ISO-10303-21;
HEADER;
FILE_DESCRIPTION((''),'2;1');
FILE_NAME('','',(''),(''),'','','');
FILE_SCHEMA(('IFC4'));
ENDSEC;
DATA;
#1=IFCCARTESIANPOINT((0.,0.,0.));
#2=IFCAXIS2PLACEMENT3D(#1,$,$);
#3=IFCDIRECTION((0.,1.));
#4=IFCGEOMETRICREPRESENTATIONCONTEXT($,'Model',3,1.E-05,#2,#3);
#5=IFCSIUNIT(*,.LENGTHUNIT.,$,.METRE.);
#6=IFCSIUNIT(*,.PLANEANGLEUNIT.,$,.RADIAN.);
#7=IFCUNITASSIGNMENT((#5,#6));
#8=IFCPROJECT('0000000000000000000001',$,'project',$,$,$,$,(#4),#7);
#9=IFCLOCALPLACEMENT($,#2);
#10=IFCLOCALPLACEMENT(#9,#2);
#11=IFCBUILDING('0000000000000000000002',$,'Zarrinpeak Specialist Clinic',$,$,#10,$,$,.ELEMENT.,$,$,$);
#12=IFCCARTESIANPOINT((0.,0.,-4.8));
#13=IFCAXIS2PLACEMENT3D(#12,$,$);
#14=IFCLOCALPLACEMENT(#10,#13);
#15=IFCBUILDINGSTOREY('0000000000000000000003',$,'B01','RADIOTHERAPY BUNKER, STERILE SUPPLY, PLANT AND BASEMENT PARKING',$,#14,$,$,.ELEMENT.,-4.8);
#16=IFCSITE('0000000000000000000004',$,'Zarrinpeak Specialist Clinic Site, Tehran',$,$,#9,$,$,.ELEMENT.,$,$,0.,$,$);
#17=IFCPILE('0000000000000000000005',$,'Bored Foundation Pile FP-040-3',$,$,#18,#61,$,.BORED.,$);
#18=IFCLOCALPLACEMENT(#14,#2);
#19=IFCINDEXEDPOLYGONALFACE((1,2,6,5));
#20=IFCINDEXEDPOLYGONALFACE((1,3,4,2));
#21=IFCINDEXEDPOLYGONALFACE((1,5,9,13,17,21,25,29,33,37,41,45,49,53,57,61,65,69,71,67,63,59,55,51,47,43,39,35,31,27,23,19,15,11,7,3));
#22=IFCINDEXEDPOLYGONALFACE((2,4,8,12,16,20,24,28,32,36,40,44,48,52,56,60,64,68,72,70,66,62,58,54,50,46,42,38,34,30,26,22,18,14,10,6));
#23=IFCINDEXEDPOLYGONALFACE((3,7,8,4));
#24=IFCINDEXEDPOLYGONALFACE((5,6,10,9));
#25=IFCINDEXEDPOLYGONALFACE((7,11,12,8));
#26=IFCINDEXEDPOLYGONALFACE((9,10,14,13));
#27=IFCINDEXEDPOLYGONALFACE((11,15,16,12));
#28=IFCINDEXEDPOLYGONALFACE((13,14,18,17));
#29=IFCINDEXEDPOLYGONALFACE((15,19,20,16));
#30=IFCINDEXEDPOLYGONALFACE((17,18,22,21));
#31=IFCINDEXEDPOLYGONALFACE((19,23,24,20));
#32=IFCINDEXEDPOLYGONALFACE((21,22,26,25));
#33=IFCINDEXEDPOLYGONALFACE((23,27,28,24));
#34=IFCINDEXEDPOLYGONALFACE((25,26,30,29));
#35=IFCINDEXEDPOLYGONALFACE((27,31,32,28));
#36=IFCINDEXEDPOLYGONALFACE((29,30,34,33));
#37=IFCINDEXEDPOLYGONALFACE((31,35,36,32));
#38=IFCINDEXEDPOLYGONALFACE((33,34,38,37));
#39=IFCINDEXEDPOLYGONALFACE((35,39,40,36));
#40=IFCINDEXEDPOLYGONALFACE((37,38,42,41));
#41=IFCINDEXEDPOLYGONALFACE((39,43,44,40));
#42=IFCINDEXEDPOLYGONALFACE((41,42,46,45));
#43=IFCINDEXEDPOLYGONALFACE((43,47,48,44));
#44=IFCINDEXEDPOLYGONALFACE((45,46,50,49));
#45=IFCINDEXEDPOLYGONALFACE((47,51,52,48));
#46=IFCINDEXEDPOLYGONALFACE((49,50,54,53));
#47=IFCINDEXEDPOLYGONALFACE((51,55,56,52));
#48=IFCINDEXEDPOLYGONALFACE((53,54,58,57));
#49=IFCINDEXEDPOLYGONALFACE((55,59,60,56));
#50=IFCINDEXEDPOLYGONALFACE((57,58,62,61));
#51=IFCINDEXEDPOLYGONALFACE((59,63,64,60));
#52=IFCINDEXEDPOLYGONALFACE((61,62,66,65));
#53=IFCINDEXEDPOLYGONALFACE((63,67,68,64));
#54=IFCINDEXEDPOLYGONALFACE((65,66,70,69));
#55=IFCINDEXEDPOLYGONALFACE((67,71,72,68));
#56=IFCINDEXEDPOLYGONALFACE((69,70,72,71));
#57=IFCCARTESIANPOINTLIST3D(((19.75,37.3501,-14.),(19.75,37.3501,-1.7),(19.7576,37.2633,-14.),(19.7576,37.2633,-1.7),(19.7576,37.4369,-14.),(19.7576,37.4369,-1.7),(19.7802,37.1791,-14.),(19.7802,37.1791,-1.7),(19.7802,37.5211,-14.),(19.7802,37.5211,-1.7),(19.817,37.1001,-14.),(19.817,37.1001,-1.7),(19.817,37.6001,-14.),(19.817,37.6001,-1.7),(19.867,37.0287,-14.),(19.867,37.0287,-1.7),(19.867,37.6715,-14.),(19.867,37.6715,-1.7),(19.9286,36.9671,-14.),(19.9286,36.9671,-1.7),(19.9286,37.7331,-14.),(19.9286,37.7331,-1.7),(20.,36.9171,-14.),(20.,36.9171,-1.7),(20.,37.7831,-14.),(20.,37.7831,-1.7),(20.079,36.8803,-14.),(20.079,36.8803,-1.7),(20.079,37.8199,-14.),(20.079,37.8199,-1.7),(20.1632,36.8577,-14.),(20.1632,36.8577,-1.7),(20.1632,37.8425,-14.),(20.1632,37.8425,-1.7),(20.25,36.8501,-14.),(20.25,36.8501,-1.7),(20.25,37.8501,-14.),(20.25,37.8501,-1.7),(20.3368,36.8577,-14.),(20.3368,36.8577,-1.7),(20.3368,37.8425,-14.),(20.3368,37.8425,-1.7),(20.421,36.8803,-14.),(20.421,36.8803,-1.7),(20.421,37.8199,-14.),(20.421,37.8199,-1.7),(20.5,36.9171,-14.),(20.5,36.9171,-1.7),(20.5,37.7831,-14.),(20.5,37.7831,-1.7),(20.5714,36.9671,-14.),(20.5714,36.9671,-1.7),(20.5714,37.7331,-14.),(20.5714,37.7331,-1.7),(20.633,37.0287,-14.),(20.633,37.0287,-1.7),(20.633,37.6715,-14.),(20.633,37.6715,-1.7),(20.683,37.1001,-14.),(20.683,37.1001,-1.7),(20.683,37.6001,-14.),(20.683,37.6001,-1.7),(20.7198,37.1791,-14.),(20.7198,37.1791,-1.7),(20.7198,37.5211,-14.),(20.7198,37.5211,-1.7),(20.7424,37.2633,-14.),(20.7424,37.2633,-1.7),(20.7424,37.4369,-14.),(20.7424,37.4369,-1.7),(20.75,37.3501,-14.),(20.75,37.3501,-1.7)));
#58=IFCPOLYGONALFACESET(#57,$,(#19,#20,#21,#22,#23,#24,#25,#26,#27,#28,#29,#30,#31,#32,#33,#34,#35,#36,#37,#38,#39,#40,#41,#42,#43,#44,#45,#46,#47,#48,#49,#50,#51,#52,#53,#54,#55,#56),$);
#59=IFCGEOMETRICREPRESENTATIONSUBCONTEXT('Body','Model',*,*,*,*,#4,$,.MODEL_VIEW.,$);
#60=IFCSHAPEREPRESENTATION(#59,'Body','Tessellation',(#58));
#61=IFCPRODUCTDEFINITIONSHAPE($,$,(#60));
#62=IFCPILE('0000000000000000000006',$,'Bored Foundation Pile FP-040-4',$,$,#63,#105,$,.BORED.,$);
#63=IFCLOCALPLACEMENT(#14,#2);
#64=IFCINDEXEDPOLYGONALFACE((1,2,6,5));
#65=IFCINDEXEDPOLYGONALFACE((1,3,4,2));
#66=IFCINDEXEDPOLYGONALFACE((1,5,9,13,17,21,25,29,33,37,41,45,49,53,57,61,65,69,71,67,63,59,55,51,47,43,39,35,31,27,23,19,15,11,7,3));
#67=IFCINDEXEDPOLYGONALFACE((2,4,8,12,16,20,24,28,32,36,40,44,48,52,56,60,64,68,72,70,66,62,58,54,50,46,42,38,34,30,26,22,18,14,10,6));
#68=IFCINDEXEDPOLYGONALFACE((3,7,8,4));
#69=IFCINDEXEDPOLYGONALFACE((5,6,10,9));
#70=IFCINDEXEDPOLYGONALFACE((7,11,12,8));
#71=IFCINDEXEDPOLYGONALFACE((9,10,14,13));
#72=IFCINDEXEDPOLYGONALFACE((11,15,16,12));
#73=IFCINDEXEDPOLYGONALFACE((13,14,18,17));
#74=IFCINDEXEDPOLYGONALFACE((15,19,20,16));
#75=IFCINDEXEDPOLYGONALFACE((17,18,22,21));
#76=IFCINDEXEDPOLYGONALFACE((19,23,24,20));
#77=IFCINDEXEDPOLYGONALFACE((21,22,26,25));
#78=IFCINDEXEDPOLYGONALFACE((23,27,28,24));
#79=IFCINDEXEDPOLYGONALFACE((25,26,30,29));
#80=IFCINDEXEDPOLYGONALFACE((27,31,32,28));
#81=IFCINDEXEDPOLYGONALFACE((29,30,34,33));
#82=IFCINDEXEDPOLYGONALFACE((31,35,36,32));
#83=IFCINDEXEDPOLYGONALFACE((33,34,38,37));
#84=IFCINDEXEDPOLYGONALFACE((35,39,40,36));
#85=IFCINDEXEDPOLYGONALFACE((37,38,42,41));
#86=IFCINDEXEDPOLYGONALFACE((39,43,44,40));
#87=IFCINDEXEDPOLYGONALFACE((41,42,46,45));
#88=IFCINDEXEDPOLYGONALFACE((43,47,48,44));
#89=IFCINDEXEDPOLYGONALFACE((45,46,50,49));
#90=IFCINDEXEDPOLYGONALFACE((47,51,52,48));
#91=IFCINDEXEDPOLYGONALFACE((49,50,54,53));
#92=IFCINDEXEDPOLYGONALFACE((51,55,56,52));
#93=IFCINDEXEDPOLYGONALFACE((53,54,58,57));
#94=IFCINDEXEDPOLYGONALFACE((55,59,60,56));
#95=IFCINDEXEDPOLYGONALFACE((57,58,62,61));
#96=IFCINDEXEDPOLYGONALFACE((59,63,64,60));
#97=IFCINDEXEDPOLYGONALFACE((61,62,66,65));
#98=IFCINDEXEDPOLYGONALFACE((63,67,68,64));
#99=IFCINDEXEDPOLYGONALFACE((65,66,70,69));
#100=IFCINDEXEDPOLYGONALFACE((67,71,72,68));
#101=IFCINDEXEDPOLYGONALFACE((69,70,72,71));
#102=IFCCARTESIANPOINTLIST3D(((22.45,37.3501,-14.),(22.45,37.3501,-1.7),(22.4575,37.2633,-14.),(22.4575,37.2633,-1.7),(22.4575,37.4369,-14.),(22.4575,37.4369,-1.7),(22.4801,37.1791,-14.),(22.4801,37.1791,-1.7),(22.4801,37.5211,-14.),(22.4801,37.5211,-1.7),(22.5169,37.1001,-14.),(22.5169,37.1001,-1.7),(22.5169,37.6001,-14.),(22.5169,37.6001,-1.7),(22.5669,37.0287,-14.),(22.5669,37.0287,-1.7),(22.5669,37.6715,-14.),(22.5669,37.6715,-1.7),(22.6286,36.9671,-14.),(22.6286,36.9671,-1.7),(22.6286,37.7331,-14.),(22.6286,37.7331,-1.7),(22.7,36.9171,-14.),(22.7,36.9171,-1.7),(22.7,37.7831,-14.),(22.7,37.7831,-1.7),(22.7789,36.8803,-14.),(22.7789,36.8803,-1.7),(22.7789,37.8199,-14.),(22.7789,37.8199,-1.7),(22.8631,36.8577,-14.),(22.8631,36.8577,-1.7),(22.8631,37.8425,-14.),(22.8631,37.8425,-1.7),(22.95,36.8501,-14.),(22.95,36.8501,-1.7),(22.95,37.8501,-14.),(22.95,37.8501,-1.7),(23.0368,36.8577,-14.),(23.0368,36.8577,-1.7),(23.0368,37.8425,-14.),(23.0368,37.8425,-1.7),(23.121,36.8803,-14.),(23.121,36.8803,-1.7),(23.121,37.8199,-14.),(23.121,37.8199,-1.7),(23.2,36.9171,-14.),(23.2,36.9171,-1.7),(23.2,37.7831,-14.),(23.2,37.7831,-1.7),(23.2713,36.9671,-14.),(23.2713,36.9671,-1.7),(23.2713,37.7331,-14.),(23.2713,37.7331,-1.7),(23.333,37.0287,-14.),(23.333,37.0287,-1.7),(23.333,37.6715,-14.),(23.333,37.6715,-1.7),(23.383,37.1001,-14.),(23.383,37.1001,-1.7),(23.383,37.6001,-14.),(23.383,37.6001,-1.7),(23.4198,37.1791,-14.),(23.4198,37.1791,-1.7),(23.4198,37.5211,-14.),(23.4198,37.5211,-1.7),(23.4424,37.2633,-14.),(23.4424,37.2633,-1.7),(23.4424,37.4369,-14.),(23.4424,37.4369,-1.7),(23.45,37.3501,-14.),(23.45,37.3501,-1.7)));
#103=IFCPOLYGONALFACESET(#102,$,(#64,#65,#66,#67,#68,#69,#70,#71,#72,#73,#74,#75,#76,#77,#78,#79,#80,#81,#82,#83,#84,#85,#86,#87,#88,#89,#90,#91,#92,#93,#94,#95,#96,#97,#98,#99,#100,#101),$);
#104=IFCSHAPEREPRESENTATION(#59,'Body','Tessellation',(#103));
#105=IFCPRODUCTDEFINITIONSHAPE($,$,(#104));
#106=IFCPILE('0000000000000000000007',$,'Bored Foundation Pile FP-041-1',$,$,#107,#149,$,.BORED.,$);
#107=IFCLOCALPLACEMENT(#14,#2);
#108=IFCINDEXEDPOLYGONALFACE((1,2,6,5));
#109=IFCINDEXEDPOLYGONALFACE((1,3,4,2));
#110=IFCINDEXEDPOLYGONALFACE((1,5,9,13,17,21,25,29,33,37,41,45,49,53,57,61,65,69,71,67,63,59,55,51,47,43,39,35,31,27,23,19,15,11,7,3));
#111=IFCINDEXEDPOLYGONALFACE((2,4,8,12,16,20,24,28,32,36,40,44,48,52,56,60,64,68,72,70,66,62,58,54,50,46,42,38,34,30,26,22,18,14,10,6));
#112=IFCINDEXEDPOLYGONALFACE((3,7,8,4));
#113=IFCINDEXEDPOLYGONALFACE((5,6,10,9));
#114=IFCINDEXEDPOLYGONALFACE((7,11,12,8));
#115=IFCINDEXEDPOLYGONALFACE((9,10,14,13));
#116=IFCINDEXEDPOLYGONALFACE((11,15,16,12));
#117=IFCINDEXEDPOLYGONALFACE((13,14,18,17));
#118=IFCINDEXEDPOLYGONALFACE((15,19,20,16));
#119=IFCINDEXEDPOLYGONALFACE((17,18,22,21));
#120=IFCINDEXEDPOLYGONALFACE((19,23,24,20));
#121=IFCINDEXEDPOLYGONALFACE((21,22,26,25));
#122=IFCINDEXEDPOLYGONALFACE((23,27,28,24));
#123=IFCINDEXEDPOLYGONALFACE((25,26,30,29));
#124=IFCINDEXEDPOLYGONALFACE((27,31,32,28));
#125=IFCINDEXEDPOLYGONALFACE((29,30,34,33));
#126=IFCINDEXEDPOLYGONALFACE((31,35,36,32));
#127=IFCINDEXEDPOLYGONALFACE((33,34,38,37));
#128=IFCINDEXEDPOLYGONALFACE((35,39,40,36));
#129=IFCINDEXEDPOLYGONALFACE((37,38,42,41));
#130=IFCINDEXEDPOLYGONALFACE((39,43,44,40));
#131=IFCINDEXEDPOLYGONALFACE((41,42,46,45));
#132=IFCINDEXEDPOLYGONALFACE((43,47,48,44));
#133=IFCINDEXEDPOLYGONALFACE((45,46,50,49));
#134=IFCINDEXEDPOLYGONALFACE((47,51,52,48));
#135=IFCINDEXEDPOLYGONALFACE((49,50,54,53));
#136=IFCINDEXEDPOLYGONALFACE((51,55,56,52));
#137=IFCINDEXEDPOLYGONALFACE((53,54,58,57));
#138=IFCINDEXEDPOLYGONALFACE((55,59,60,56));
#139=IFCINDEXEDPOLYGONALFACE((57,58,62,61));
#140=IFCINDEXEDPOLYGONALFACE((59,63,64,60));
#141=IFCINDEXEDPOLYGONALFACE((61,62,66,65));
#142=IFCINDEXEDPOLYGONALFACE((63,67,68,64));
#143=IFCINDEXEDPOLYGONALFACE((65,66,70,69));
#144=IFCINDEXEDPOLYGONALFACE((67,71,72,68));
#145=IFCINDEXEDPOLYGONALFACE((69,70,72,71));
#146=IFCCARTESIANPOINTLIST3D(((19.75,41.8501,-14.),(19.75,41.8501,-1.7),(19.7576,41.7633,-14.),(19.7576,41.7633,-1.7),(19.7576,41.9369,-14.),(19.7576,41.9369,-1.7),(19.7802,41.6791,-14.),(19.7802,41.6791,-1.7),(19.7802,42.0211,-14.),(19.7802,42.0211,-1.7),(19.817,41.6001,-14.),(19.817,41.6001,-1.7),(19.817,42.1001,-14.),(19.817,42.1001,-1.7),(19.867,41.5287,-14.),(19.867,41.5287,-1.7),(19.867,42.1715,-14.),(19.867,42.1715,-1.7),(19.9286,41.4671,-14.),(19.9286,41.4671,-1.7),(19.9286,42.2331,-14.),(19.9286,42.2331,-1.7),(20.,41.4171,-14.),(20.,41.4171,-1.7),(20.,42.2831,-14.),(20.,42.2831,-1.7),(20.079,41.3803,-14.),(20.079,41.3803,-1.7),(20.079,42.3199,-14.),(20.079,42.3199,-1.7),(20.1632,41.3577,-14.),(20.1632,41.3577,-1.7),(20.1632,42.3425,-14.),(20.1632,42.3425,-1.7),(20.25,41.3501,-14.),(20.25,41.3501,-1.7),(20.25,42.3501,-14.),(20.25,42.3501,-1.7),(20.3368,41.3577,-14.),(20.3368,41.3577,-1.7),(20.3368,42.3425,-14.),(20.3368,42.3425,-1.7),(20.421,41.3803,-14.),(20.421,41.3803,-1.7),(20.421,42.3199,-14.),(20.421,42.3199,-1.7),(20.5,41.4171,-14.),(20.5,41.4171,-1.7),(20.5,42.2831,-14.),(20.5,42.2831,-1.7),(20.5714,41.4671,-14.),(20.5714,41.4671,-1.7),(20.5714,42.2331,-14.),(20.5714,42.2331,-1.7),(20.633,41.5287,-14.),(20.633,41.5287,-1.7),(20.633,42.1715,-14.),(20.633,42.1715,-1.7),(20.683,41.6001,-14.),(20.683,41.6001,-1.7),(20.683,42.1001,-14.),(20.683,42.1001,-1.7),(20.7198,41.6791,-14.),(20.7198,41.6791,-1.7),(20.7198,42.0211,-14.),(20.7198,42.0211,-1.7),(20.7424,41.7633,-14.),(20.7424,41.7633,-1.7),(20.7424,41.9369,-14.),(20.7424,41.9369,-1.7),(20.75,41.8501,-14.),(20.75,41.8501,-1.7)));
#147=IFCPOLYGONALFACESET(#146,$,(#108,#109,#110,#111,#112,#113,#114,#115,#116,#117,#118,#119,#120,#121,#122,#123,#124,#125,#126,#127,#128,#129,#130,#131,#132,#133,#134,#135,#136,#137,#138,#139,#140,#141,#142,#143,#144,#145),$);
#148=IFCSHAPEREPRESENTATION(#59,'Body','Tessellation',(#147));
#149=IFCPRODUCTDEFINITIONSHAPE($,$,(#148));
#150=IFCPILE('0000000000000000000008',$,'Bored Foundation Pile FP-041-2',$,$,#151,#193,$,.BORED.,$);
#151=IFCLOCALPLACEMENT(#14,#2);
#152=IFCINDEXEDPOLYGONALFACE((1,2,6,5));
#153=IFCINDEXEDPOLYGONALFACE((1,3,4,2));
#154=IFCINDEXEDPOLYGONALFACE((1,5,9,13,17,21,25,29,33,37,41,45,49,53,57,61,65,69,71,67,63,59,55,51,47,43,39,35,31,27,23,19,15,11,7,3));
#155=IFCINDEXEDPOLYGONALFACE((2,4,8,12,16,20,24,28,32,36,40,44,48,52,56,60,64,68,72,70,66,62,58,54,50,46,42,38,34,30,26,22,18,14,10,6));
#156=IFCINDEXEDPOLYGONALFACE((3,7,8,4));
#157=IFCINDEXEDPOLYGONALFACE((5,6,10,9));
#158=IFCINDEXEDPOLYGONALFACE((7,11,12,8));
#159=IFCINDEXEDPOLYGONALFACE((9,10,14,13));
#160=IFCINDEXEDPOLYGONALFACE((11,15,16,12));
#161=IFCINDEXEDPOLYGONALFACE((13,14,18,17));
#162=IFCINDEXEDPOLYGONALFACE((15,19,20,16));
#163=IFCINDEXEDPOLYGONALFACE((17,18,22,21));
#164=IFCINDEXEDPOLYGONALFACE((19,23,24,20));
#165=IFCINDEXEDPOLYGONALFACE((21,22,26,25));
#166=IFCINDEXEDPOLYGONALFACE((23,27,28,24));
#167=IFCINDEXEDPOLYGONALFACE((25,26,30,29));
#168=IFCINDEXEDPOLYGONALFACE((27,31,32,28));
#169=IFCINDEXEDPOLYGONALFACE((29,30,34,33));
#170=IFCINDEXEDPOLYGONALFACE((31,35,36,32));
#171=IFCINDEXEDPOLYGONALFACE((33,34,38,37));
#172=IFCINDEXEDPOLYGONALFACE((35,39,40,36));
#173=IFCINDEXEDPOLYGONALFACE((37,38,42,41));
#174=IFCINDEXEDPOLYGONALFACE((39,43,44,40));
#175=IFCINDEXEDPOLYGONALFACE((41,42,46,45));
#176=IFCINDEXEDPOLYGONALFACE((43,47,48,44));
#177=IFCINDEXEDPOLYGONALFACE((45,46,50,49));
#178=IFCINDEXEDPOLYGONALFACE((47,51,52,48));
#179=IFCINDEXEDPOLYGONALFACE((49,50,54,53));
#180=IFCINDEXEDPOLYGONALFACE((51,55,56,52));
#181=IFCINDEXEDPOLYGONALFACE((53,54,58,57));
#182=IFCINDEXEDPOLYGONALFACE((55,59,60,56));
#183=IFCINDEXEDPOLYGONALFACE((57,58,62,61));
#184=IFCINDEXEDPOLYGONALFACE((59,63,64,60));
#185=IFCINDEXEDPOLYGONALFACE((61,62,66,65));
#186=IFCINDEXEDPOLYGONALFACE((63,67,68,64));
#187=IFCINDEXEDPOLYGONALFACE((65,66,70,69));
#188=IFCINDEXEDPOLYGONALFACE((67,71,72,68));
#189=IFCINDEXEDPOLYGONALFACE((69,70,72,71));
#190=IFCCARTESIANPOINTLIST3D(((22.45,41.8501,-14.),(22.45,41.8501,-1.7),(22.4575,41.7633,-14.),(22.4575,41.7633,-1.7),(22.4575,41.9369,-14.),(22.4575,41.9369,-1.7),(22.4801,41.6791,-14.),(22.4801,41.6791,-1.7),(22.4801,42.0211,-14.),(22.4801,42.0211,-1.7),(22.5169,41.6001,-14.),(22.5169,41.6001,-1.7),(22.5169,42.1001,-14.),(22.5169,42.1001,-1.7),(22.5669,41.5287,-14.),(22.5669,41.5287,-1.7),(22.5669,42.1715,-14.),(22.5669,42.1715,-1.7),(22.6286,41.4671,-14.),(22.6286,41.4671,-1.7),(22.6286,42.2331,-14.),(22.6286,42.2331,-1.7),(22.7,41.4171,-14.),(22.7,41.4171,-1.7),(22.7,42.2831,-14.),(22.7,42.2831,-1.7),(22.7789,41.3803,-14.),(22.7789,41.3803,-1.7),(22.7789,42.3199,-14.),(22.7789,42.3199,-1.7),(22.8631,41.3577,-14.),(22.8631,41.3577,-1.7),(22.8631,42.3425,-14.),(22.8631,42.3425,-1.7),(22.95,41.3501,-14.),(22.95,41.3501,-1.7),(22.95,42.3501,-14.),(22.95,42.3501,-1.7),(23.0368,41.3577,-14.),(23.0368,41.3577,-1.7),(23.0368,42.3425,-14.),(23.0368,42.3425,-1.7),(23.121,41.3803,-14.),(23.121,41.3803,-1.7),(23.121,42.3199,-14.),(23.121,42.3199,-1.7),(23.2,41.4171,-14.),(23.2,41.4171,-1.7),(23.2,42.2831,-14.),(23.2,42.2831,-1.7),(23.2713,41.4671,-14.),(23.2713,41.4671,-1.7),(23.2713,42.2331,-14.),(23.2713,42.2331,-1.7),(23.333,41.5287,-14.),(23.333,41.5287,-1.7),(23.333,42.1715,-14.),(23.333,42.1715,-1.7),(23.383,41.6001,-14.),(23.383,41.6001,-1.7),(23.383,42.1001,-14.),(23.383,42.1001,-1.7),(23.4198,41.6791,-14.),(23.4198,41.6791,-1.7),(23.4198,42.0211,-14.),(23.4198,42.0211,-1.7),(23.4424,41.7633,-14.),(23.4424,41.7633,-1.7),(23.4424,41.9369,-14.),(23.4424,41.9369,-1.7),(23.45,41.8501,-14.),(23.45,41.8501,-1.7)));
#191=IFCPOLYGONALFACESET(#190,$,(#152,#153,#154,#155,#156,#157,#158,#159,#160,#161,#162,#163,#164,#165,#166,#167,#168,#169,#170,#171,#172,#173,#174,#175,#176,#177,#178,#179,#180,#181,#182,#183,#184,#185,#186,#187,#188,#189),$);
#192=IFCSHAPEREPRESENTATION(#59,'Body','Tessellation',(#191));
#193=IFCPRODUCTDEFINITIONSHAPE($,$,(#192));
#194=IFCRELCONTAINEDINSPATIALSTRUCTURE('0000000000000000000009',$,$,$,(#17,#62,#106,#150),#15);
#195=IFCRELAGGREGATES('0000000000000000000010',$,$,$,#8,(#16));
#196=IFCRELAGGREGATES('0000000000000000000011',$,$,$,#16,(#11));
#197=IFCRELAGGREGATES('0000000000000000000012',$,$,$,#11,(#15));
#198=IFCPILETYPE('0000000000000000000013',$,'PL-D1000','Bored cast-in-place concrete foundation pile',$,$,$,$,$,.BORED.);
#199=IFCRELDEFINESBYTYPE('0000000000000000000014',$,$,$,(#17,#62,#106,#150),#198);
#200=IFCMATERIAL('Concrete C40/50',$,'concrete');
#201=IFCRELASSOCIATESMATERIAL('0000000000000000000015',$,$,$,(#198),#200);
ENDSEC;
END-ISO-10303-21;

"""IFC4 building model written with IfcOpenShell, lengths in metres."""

from ifc_helpers import new_model, si_unit, direction, frame, origin, origin_2d, place, context, subcontext, project, spatial, circle, extrude, material, material_profile, profile_set, type_object, element, save


model = new_model("IFC4")

# Units and contexts
model_context = context("Model", 3, precision=1e-05, world=origin(), true_north=direction((0.0, 1.0)))
body_context = subcontext(model_context, "Body", "Model", "MODEL_VIEW")
ifc_project = project(units=[si_unit("LENGTHUNIT", "METRE"), si_unit("PLANEANGLEUNIT", "RADIAN")], contexts=[model_context])

# Site, building, storey
site_placement = place(None, origin())
site = spatial("IfcSite", under=ifc_project, at=site_placement, Name="Zarrinpeak Specialist Clinic Site, Tehran", CompositionType="ELEMENT", RefElevation=0.0)
building_placement = place(site_placement, origin())
building = spatial("IfcBuilding", under=site, at=building_placement, Name="Zarrinpeak Specialist Clinic", CompositionType="ELEMENT")
storey_placement = place(building_placement, frame((0.0, 0.0, -4.8)))
storey = spatial("IfcBuildingStorey", under=building, at=storey_placement, Name="B01", Description="RADIOTHERAPY BUNKER, STERILE SUPPLY, PLANT AND BASEMENT PARKING", CompositionType="ELEMENT", Elevation=-4.8)

# Shared definitions
ifc_material_1 = material(Name="Concrete C40/50", Category="concrete")

# Piles
ifc_material_profile_1 = material_profile(ifc_material_1, circle(Radius=0.5, at=origin_2d()), Name="BORED PILE D1000")
ifc_profile_set_1 = profile_set([ifc_material_profile_1], Name="Concrete C40/50")
pile_type = type_object("IfcPileType", Name="PL-D1000", Description="Bored cast-in-place concrete foundation pile", PredefinedType="BORED", material=ifc_profile_set_1)
for number, where, z_axis, x_axis, name in (
    (1, (20.25, 37.3501, -1.7), (0.0, 0.0, -1.0), (1.0, 0.0, 0.0), "Bored Foundation Pile FP-040-3"),
    (2, (22.95, 37.3501, -1.7), (0.0, 0.0, -1.0), (1.0, 0.0, 0.0), "Bored Foundation Pile FP-040-4"),
    (3, (20.25, 41.8501, -1.7), (0.0, 0.0, -1.0), (1.0, 0.0, 0.0), "Bored Foundation Pile FP-041-1"),
    (4, (22.95, 41.8501, -1.7), (0.0, 0.0, -1.0), (1.0, 0.0, 0.0), "Bored Foundation Pile FP-041-2"),
):
    element("IfcPile", number, at=place(storey_placement, frame(where, z_axis=z_axis, x_axis=x_axis)), inside=storey, type_object=pile_type, Name=name, PredefinedType="BORED", context=body_context, shape_type="SweptSolid", body=[
        extrude(circle(Radius=0.5, at=origin_2d()), origin(), (0.0, 0.0, 1.0), 12.3),
    ])

save(model, "model.ifc")
